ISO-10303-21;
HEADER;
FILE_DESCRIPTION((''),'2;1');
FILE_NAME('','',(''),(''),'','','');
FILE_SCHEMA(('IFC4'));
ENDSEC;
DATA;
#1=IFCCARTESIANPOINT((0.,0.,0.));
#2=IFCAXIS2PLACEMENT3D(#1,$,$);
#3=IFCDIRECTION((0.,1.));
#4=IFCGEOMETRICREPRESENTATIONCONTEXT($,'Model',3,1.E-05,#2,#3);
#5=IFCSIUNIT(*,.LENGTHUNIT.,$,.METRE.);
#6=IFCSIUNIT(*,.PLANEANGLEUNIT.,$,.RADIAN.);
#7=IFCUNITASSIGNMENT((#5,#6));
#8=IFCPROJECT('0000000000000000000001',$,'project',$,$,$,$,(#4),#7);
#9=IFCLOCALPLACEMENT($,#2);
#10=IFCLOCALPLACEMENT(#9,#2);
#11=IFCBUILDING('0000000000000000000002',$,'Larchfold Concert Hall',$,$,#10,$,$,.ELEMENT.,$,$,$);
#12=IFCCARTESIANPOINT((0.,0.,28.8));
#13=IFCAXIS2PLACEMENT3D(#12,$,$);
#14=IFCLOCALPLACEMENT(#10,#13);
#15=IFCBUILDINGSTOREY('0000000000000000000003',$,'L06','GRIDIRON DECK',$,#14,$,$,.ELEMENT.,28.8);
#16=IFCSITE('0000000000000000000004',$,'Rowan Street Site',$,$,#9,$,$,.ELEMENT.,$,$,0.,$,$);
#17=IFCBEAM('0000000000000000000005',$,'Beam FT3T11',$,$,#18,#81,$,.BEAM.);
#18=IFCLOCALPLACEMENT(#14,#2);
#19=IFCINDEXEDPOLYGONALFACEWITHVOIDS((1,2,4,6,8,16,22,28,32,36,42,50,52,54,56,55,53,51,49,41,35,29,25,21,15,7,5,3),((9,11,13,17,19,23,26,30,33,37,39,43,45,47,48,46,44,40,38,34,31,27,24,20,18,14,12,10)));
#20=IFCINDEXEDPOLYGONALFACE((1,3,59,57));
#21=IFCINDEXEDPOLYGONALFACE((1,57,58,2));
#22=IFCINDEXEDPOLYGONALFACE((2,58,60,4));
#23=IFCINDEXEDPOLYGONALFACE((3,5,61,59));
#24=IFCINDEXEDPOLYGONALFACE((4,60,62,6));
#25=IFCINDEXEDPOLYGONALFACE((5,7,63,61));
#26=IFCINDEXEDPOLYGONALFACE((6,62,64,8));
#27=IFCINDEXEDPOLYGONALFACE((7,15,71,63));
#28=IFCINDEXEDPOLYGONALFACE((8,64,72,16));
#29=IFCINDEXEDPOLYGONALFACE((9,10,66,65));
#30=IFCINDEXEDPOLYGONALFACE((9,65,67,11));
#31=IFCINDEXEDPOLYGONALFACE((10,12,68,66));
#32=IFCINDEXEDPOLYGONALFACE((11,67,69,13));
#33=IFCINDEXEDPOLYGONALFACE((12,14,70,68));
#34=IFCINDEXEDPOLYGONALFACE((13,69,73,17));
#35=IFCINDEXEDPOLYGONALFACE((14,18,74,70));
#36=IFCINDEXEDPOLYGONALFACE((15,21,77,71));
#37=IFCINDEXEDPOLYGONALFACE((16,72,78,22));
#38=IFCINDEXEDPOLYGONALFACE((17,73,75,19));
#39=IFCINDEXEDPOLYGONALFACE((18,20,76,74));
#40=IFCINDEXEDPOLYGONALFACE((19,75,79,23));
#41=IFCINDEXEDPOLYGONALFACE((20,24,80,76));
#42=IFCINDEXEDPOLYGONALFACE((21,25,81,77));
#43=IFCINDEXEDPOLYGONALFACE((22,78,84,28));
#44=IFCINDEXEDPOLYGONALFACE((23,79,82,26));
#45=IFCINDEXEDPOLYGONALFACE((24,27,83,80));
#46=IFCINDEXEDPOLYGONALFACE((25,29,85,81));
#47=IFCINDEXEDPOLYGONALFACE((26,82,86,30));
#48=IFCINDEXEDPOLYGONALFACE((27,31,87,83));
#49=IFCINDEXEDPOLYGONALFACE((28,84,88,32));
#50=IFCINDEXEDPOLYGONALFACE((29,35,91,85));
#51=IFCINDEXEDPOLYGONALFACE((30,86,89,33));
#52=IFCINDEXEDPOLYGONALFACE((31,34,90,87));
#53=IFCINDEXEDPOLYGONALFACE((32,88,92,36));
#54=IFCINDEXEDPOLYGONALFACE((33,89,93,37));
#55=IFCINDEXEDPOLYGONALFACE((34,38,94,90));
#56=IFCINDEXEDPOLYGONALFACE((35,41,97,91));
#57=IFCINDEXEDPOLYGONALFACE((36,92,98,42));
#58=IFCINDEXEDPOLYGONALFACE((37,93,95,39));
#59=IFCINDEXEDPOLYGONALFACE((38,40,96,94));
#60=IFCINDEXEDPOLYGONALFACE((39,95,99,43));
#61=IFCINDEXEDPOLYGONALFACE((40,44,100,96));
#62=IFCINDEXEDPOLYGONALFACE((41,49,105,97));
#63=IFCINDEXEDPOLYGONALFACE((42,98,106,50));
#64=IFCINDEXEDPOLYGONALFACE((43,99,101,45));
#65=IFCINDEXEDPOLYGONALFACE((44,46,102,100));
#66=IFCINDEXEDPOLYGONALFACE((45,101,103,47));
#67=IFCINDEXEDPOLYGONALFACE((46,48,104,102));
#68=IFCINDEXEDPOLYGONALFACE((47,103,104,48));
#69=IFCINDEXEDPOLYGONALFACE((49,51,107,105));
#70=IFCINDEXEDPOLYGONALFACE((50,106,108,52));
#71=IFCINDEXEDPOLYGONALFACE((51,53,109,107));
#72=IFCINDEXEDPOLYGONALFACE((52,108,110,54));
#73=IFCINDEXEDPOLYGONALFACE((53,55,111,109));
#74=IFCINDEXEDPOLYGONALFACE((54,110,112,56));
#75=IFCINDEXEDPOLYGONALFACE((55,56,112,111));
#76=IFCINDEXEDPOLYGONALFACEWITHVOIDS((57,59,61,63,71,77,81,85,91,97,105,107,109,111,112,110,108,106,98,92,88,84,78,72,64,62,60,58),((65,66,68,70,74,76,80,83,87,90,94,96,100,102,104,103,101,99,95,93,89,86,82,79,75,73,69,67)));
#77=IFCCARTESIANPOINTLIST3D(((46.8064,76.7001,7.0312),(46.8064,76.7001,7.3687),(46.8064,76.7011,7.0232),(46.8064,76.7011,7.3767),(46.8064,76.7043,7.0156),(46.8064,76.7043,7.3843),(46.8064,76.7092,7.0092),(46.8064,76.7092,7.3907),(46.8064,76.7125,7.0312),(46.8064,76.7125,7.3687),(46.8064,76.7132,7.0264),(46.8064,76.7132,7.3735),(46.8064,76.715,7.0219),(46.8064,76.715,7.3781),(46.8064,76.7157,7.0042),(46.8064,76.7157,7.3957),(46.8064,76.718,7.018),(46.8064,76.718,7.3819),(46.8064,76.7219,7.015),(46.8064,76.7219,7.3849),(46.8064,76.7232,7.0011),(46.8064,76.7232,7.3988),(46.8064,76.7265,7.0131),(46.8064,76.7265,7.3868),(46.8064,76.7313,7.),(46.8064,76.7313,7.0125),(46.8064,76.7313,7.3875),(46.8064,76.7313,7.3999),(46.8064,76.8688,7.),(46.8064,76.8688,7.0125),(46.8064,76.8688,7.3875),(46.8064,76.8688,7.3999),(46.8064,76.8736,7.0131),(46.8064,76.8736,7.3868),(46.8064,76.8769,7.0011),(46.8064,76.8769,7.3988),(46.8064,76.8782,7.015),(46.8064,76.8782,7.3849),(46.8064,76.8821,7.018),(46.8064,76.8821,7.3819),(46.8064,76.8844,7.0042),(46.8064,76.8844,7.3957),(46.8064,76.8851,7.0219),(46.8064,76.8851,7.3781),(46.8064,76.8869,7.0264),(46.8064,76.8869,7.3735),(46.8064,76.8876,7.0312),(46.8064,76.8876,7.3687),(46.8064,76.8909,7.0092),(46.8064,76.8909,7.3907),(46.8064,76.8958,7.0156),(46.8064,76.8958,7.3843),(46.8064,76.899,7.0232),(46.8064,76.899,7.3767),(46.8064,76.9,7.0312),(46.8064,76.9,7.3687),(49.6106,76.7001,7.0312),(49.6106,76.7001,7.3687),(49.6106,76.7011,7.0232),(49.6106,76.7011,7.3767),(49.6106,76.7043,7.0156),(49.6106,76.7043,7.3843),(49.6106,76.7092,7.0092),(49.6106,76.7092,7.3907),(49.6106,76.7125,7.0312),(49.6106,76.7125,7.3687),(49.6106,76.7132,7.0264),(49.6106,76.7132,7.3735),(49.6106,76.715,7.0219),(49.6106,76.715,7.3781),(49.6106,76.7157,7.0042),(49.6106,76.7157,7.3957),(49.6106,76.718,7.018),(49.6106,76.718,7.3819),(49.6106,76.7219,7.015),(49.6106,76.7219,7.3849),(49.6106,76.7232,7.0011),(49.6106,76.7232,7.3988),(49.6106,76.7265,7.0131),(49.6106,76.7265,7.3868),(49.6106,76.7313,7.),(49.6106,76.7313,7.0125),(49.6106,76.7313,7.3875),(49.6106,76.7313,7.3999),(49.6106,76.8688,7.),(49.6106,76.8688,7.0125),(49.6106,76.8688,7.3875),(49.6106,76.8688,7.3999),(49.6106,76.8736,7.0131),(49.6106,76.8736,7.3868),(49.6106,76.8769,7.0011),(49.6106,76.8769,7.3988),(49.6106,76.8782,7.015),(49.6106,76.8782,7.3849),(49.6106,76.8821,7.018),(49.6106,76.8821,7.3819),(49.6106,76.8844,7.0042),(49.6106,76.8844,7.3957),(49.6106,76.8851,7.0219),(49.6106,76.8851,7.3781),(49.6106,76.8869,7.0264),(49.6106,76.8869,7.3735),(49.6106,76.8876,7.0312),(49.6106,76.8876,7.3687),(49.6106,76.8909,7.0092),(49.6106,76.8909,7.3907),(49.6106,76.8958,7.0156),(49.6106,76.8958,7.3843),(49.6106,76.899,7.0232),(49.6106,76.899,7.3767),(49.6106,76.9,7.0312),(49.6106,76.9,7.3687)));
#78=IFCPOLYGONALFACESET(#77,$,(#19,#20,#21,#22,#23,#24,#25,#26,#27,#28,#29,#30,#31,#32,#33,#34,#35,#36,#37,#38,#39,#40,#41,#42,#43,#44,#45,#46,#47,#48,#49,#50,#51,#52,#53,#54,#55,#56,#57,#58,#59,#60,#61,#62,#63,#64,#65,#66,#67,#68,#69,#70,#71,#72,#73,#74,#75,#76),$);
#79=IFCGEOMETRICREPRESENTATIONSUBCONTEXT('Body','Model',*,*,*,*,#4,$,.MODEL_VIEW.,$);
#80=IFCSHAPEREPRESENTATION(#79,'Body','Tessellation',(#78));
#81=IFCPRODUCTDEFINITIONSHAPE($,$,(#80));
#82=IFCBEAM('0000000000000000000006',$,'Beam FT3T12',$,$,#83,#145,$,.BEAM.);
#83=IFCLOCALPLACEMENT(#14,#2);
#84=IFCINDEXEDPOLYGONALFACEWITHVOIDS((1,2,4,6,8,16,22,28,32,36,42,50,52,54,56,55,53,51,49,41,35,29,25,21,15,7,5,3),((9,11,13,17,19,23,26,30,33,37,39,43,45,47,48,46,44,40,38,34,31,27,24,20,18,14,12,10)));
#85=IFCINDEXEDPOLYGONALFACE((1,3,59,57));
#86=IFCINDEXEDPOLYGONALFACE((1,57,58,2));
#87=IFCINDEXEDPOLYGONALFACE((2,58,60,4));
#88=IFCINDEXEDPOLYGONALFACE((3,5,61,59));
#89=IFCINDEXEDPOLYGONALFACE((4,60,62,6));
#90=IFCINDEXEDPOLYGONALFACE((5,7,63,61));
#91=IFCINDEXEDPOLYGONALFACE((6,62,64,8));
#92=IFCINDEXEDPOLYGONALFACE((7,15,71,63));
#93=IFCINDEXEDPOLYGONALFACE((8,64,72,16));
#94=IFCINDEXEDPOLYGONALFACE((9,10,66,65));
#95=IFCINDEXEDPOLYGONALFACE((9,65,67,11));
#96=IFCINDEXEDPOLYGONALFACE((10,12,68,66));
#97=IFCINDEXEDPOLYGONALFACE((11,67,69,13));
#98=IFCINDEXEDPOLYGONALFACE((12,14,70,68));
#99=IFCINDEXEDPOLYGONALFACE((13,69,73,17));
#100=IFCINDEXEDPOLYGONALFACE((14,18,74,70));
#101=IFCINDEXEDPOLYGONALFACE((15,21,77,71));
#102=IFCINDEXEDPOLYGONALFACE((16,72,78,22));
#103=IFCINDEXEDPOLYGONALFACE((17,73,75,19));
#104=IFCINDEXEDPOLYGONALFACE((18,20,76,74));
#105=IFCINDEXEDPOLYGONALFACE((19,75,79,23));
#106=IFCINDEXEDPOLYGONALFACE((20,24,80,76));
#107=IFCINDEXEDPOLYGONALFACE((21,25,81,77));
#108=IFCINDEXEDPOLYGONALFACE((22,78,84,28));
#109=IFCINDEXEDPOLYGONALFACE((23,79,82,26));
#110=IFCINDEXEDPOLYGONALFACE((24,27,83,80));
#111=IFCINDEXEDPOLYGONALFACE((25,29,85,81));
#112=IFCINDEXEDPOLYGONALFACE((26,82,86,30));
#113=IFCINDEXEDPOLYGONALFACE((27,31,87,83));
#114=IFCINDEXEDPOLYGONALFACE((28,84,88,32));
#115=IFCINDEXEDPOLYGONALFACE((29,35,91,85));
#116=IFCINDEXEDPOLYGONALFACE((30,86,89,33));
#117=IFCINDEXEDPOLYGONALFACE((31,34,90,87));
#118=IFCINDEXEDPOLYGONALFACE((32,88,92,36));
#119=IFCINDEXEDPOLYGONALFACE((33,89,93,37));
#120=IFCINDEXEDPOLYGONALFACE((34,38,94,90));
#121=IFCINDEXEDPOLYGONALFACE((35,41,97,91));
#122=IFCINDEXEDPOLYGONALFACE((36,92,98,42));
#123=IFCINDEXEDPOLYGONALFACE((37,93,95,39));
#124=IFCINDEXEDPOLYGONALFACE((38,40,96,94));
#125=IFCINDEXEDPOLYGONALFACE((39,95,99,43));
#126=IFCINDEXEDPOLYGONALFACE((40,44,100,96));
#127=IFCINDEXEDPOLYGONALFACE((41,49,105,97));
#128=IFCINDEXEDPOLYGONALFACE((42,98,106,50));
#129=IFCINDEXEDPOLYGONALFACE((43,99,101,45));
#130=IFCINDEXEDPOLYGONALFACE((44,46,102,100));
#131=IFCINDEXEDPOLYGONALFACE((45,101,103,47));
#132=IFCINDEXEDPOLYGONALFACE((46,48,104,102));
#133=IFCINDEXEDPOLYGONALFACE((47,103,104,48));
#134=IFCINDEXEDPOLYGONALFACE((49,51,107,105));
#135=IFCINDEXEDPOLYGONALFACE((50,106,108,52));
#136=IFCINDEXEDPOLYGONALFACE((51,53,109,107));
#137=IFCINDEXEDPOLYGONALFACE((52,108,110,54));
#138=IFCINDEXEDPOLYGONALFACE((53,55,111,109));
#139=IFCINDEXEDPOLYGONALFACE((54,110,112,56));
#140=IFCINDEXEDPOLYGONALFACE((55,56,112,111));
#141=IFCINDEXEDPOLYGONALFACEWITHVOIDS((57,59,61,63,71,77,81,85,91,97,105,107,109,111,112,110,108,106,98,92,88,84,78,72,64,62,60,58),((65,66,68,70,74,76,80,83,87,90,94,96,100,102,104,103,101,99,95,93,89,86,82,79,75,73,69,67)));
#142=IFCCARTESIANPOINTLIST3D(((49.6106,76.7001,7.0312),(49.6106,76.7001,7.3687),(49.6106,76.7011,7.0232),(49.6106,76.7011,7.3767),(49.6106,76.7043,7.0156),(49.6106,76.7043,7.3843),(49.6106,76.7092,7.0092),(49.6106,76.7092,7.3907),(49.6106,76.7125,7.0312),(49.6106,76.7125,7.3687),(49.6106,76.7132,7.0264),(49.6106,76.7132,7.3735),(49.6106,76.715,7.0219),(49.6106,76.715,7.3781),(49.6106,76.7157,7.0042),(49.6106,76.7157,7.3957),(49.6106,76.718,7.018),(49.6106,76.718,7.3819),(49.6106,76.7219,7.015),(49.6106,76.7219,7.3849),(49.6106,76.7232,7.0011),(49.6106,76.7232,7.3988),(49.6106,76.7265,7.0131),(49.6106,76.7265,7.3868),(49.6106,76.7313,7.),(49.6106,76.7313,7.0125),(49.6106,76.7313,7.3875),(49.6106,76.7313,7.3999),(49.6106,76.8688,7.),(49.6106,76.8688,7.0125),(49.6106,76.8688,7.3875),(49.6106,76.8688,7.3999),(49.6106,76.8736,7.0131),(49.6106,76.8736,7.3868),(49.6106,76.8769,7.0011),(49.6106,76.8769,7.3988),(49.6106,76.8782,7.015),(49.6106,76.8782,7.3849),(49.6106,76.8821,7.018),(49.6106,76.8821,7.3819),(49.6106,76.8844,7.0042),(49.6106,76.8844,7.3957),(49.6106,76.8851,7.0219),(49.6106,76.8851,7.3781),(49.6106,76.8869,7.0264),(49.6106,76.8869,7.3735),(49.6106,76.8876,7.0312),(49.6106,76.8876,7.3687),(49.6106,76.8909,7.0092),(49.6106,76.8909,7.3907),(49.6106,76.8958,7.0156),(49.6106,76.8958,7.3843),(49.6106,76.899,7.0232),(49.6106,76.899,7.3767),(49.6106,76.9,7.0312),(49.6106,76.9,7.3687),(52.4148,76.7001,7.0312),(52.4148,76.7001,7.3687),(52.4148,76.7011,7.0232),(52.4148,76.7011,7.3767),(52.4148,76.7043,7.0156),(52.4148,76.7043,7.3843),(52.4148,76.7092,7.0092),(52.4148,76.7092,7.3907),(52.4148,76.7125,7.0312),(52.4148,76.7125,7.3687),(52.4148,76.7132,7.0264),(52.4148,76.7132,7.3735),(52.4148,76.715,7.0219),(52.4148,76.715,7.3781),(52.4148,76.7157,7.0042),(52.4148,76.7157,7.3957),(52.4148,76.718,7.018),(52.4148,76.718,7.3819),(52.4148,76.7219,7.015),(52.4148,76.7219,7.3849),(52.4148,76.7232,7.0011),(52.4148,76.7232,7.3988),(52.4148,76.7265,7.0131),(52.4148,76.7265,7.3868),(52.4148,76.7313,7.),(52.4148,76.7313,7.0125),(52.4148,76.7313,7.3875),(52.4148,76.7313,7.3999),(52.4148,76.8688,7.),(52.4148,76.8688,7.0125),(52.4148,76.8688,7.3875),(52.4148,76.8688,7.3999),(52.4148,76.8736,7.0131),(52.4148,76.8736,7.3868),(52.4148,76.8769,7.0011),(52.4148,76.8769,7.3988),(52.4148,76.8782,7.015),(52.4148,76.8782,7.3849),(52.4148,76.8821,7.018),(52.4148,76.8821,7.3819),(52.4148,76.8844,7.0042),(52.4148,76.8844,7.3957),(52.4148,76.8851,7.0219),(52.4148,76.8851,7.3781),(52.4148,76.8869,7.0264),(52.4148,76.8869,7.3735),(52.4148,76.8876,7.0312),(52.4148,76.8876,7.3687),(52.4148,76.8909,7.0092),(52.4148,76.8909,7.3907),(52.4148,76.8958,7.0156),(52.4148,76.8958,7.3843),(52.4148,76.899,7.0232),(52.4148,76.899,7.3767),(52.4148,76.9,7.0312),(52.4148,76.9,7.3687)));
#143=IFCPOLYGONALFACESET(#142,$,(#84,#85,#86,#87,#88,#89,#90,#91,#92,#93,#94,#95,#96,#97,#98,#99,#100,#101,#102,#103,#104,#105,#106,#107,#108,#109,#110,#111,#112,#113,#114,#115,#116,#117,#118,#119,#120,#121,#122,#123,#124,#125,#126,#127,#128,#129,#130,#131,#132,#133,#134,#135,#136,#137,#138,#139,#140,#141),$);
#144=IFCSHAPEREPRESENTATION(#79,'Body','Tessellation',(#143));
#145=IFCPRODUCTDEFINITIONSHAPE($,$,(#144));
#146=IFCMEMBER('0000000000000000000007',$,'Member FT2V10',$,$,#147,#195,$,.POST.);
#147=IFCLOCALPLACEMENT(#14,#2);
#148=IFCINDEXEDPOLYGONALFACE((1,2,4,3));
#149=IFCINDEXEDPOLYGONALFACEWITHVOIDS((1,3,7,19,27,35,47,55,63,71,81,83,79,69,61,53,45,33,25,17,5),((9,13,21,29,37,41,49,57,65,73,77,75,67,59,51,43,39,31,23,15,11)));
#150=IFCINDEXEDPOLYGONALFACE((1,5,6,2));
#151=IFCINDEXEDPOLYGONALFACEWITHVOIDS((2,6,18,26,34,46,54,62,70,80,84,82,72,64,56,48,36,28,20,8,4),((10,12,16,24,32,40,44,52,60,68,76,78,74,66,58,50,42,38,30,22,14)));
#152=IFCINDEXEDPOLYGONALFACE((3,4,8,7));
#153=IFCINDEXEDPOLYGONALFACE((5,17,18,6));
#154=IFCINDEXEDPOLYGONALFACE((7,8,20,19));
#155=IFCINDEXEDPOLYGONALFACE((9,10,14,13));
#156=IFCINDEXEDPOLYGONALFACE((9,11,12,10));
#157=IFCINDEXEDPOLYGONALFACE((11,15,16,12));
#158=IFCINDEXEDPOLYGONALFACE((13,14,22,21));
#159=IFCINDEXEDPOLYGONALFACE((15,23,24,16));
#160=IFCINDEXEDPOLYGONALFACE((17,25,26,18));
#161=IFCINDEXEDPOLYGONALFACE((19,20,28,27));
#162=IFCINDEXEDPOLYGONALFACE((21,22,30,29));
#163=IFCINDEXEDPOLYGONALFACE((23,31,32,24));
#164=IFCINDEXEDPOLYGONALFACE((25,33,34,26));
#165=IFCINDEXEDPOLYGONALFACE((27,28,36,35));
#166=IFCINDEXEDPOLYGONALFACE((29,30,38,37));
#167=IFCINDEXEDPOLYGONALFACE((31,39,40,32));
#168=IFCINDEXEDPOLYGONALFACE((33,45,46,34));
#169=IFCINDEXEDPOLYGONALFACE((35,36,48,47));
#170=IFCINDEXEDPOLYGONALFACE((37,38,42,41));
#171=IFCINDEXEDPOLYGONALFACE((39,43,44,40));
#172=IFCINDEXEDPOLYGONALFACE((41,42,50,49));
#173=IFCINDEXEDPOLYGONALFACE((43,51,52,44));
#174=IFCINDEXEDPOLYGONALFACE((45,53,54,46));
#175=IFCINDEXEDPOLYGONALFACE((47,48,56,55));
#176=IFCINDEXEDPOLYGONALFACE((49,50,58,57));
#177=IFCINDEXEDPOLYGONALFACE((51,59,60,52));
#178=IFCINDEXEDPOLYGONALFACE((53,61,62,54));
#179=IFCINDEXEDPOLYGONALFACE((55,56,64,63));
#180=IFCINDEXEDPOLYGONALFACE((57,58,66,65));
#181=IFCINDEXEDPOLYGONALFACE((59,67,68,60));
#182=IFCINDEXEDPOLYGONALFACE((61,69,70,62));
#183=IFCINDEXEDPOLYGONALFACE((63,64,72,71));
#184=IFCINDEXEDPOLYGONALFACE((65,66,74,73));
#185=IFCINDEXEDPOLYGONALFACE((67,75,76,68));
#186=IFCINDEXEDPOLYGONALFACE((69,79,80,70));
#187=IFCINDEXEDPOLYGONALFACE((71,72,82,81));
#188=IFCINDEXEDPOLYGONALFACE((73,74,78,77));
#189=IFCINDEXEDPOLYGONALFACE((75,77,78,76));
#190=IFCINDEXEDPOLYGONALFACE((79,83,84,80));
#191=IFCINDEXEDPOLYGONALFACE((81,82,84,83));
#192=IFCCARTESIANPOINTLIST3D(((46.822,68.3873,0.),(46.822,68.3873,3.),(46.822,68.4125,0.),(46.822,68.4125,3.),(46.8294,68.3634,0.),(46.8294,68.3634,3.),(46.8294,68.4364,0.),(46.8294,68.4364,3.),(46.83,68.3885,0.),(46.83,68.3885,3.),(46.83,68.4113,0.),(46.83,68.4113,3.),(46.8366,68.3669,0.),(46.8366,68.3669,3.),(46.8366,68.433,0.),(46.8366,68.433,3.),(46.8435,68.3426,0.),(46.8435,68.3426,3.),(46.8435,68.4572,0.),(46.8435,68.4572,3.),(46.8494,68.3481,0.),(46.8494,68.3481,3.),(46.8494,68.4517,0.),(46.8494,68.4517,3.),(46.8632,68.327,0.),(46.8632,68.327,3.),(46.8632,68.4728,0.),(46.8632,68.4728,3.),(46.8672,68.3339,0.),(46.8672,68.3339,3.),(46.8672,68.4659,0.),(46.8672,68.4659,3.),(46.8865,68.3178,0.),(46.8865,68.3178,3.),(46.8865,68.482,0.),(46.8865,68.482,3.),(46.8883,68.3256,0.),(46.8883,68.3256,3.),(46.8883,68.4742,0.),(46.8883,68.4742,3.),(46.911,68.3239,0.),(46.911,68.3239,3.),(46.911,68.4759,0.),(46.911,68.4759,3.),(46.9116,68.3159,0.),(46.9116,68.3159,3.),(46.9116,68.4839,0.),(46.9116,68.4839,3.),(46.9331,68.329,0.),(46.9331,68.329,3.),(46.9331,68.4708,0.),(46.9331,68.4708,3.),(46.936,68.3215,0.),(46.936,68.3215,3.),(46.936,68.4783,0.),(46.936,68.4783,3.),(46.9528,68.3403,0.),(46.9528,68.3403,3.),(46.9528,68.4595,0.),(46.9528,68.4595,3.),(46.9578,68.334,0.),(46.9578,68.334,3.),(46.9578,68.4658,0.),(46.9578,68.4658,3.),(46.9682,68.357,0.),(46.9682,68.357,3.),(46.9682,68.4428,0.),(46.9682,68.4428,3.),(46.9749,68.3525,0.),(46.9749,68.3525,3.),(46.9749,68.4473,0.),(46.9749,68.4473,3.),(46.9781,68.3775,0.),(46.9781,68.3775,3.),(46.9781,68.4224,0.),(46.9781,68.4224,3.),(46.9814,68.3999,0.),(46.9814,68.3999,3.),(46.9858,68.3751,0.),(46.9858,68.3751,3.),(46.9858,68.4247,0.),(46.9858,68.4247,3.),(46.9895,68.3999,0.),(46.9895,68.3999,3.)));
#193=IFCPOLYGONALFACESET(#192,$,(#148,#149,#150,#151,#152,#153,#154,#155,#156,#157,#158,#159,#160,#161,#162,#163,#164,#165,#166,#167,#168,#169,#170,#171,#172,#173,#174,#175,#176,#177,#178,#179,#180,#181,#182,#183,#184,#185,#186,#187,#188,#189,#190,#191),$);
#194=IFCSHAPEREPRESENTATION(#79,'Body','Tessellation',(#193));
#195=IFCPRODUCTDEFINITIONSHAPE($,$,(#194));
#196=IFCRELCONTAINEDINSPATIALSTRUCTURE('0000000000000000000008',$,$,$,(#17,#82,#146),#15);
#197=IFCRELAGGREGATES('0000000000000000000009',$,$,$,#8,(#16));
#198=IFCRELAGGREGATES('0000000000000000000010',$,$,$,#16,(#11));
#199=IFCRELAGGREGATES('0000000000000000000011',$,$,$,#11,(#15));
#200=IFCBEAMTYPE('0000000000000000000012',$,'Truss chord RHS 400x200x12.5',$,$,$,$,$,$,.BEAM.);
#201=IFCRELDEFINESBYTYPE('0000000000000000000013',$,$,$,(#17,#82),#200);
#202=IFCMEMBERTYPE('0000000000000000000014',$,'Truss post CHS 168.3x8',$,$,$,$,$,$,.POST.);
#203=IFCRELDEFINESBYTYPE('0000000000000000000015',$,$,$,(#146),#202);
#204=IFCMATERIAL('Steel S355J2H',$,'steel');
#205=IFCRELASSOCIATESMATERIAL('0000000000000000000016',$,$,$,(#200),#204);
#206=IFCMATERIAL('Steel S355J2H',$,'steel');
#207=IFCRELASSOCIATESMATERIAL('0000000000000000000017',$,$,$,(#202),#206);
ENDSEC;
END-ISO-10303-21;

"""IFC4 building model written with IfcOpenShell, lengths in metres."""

from ifc_helpers import new_model, si_unit, direction, frame, origin, origin_2d, place, context, subcontext, project, spatial, hollow_rectangle, hollow_circle, extrude, material, material_profile, profile_set, type_object, element, save


model = new_model("IFC4")

# Units and contexts
model_context = context("Model", 3, precision=1e-05, world=origin(), true_north=direction((0.0, 1.0)))
body_context = subcontext(model_context, "Body", "Model", "MODEL_VIEW")
ifc_project = project(units=[si_unit("LENGTHUNIT", "METRE"), si_unit("PLANEANGLEUNIT", "RADIAN")], contexts=[model_context])

# Site, building, storey
site_placement = place(None, origin())
site = spatial("IfcSite", under=ifc_project, at=site_placement, Name="Rowan Street Site", CompositionType="ELEMENT", RefElevation=0.0)
building_placement = place(site_placement, origin())
building = spatial("IfcBuilding", under=site, at=building_placement, Name="Larchfold Concert Hall", CompositionType="ELEMENT")
storey_placement = place(building_placement, frame((0.0, 0.0, 28.8)))
storey = spatial("IfcBuildingStorey", under=building, at=storey_placement, Name="L06", Description="GRIDIRON DECK", CompositionType="ELEMENT", Elevation=28.8)

# Beams
ifc_material_1 = material(Name="Steel S355J2H", Category="steel")
ifc_material_profile_1 = material_profile(ifc_material_1, hollow_rectangle(XDim=0.2, YDim=0.3999, WallThickness=0.0125, InnerFilletRadius=0.0188, OuterFilletRadius=0.0312, at=origin_2d()))
ifc_profile_set_1 = profile_set([ifc_material_profile_1], Name="Steel S355J2H")
beam_type_1 = type_object("IfcBeamType", Name="Truss chord RHS 400x200x12.5", PredefinedType="BEAM", material=ifc_profile_set_1)
for number, where, z_axis, x_axis, name in (
    (1, (46.8064, 76.8, 7.2), (1.0, 0.0, 0.0), (0.0, 1.0, 0.0), "Beam FT3T11"),
    (2, (49.6106, 76.8, 7.2), (1.0, 0.0, 0.0), (0.0, 1.0, 0.0), "Beam FT3T12"),
):
    element("IfcBeam", number, at=place(storey_placement, frame(where, z_axis=z_axis, x_axis=x_axis)), inside=storey, type_object=beam_type_1, Name=name, PredefinedType="BEAM", context=body_context, shape_type="SweptSolid", body=[
        extrude(hollow_rectangle(XDim=0.2, YDim=0.3999, WallThickness=0.0125, InnerFilletRadius=0.0188, OuterFilletRadius=0.0312, at=origin_2d()), origin(), (0.0, 0.0, 1.0), 2.8042),
    ])

# Member
ifc_material_2 = material(Name="Steel S355J2H", Category="steel")
ifc_material_profile_2 = material_profile(ifc_material_2, hollow_circle(Radius=0.0842, WallThickness=0.0081, at=origin_2d()))
ifc_profile_set_2 = profile_set([ifc_material_profile_2], Name="Steel S355J2H")
member_type_1 = type_object("IfcMemberType", Name="Truss post CHS 168.3x8", PredefinedType="POST", material=ifc_profile_set_2)
member_placement = place(storey_placement, frame((46.9053, 68.3999, 3.0), z_axis=(0.0, 0.0, -1.0), x_axis=(1.0, 0.0, 0.0)))
element("IfcMember", 3, at=member_placement, inside=storey, type_object=member_type_1, Name="Member FT2V10", PredefinedType="POST", context=body_context, shape_type="SweptSolid", body=[
    extrude(hollow_circle(Radius=0.0842, WallThickness=0.0081, at=origin_2d()), origin(), (0.0, 0.0, 1.0), 3.0),
])

save(model, "model.ifc")
